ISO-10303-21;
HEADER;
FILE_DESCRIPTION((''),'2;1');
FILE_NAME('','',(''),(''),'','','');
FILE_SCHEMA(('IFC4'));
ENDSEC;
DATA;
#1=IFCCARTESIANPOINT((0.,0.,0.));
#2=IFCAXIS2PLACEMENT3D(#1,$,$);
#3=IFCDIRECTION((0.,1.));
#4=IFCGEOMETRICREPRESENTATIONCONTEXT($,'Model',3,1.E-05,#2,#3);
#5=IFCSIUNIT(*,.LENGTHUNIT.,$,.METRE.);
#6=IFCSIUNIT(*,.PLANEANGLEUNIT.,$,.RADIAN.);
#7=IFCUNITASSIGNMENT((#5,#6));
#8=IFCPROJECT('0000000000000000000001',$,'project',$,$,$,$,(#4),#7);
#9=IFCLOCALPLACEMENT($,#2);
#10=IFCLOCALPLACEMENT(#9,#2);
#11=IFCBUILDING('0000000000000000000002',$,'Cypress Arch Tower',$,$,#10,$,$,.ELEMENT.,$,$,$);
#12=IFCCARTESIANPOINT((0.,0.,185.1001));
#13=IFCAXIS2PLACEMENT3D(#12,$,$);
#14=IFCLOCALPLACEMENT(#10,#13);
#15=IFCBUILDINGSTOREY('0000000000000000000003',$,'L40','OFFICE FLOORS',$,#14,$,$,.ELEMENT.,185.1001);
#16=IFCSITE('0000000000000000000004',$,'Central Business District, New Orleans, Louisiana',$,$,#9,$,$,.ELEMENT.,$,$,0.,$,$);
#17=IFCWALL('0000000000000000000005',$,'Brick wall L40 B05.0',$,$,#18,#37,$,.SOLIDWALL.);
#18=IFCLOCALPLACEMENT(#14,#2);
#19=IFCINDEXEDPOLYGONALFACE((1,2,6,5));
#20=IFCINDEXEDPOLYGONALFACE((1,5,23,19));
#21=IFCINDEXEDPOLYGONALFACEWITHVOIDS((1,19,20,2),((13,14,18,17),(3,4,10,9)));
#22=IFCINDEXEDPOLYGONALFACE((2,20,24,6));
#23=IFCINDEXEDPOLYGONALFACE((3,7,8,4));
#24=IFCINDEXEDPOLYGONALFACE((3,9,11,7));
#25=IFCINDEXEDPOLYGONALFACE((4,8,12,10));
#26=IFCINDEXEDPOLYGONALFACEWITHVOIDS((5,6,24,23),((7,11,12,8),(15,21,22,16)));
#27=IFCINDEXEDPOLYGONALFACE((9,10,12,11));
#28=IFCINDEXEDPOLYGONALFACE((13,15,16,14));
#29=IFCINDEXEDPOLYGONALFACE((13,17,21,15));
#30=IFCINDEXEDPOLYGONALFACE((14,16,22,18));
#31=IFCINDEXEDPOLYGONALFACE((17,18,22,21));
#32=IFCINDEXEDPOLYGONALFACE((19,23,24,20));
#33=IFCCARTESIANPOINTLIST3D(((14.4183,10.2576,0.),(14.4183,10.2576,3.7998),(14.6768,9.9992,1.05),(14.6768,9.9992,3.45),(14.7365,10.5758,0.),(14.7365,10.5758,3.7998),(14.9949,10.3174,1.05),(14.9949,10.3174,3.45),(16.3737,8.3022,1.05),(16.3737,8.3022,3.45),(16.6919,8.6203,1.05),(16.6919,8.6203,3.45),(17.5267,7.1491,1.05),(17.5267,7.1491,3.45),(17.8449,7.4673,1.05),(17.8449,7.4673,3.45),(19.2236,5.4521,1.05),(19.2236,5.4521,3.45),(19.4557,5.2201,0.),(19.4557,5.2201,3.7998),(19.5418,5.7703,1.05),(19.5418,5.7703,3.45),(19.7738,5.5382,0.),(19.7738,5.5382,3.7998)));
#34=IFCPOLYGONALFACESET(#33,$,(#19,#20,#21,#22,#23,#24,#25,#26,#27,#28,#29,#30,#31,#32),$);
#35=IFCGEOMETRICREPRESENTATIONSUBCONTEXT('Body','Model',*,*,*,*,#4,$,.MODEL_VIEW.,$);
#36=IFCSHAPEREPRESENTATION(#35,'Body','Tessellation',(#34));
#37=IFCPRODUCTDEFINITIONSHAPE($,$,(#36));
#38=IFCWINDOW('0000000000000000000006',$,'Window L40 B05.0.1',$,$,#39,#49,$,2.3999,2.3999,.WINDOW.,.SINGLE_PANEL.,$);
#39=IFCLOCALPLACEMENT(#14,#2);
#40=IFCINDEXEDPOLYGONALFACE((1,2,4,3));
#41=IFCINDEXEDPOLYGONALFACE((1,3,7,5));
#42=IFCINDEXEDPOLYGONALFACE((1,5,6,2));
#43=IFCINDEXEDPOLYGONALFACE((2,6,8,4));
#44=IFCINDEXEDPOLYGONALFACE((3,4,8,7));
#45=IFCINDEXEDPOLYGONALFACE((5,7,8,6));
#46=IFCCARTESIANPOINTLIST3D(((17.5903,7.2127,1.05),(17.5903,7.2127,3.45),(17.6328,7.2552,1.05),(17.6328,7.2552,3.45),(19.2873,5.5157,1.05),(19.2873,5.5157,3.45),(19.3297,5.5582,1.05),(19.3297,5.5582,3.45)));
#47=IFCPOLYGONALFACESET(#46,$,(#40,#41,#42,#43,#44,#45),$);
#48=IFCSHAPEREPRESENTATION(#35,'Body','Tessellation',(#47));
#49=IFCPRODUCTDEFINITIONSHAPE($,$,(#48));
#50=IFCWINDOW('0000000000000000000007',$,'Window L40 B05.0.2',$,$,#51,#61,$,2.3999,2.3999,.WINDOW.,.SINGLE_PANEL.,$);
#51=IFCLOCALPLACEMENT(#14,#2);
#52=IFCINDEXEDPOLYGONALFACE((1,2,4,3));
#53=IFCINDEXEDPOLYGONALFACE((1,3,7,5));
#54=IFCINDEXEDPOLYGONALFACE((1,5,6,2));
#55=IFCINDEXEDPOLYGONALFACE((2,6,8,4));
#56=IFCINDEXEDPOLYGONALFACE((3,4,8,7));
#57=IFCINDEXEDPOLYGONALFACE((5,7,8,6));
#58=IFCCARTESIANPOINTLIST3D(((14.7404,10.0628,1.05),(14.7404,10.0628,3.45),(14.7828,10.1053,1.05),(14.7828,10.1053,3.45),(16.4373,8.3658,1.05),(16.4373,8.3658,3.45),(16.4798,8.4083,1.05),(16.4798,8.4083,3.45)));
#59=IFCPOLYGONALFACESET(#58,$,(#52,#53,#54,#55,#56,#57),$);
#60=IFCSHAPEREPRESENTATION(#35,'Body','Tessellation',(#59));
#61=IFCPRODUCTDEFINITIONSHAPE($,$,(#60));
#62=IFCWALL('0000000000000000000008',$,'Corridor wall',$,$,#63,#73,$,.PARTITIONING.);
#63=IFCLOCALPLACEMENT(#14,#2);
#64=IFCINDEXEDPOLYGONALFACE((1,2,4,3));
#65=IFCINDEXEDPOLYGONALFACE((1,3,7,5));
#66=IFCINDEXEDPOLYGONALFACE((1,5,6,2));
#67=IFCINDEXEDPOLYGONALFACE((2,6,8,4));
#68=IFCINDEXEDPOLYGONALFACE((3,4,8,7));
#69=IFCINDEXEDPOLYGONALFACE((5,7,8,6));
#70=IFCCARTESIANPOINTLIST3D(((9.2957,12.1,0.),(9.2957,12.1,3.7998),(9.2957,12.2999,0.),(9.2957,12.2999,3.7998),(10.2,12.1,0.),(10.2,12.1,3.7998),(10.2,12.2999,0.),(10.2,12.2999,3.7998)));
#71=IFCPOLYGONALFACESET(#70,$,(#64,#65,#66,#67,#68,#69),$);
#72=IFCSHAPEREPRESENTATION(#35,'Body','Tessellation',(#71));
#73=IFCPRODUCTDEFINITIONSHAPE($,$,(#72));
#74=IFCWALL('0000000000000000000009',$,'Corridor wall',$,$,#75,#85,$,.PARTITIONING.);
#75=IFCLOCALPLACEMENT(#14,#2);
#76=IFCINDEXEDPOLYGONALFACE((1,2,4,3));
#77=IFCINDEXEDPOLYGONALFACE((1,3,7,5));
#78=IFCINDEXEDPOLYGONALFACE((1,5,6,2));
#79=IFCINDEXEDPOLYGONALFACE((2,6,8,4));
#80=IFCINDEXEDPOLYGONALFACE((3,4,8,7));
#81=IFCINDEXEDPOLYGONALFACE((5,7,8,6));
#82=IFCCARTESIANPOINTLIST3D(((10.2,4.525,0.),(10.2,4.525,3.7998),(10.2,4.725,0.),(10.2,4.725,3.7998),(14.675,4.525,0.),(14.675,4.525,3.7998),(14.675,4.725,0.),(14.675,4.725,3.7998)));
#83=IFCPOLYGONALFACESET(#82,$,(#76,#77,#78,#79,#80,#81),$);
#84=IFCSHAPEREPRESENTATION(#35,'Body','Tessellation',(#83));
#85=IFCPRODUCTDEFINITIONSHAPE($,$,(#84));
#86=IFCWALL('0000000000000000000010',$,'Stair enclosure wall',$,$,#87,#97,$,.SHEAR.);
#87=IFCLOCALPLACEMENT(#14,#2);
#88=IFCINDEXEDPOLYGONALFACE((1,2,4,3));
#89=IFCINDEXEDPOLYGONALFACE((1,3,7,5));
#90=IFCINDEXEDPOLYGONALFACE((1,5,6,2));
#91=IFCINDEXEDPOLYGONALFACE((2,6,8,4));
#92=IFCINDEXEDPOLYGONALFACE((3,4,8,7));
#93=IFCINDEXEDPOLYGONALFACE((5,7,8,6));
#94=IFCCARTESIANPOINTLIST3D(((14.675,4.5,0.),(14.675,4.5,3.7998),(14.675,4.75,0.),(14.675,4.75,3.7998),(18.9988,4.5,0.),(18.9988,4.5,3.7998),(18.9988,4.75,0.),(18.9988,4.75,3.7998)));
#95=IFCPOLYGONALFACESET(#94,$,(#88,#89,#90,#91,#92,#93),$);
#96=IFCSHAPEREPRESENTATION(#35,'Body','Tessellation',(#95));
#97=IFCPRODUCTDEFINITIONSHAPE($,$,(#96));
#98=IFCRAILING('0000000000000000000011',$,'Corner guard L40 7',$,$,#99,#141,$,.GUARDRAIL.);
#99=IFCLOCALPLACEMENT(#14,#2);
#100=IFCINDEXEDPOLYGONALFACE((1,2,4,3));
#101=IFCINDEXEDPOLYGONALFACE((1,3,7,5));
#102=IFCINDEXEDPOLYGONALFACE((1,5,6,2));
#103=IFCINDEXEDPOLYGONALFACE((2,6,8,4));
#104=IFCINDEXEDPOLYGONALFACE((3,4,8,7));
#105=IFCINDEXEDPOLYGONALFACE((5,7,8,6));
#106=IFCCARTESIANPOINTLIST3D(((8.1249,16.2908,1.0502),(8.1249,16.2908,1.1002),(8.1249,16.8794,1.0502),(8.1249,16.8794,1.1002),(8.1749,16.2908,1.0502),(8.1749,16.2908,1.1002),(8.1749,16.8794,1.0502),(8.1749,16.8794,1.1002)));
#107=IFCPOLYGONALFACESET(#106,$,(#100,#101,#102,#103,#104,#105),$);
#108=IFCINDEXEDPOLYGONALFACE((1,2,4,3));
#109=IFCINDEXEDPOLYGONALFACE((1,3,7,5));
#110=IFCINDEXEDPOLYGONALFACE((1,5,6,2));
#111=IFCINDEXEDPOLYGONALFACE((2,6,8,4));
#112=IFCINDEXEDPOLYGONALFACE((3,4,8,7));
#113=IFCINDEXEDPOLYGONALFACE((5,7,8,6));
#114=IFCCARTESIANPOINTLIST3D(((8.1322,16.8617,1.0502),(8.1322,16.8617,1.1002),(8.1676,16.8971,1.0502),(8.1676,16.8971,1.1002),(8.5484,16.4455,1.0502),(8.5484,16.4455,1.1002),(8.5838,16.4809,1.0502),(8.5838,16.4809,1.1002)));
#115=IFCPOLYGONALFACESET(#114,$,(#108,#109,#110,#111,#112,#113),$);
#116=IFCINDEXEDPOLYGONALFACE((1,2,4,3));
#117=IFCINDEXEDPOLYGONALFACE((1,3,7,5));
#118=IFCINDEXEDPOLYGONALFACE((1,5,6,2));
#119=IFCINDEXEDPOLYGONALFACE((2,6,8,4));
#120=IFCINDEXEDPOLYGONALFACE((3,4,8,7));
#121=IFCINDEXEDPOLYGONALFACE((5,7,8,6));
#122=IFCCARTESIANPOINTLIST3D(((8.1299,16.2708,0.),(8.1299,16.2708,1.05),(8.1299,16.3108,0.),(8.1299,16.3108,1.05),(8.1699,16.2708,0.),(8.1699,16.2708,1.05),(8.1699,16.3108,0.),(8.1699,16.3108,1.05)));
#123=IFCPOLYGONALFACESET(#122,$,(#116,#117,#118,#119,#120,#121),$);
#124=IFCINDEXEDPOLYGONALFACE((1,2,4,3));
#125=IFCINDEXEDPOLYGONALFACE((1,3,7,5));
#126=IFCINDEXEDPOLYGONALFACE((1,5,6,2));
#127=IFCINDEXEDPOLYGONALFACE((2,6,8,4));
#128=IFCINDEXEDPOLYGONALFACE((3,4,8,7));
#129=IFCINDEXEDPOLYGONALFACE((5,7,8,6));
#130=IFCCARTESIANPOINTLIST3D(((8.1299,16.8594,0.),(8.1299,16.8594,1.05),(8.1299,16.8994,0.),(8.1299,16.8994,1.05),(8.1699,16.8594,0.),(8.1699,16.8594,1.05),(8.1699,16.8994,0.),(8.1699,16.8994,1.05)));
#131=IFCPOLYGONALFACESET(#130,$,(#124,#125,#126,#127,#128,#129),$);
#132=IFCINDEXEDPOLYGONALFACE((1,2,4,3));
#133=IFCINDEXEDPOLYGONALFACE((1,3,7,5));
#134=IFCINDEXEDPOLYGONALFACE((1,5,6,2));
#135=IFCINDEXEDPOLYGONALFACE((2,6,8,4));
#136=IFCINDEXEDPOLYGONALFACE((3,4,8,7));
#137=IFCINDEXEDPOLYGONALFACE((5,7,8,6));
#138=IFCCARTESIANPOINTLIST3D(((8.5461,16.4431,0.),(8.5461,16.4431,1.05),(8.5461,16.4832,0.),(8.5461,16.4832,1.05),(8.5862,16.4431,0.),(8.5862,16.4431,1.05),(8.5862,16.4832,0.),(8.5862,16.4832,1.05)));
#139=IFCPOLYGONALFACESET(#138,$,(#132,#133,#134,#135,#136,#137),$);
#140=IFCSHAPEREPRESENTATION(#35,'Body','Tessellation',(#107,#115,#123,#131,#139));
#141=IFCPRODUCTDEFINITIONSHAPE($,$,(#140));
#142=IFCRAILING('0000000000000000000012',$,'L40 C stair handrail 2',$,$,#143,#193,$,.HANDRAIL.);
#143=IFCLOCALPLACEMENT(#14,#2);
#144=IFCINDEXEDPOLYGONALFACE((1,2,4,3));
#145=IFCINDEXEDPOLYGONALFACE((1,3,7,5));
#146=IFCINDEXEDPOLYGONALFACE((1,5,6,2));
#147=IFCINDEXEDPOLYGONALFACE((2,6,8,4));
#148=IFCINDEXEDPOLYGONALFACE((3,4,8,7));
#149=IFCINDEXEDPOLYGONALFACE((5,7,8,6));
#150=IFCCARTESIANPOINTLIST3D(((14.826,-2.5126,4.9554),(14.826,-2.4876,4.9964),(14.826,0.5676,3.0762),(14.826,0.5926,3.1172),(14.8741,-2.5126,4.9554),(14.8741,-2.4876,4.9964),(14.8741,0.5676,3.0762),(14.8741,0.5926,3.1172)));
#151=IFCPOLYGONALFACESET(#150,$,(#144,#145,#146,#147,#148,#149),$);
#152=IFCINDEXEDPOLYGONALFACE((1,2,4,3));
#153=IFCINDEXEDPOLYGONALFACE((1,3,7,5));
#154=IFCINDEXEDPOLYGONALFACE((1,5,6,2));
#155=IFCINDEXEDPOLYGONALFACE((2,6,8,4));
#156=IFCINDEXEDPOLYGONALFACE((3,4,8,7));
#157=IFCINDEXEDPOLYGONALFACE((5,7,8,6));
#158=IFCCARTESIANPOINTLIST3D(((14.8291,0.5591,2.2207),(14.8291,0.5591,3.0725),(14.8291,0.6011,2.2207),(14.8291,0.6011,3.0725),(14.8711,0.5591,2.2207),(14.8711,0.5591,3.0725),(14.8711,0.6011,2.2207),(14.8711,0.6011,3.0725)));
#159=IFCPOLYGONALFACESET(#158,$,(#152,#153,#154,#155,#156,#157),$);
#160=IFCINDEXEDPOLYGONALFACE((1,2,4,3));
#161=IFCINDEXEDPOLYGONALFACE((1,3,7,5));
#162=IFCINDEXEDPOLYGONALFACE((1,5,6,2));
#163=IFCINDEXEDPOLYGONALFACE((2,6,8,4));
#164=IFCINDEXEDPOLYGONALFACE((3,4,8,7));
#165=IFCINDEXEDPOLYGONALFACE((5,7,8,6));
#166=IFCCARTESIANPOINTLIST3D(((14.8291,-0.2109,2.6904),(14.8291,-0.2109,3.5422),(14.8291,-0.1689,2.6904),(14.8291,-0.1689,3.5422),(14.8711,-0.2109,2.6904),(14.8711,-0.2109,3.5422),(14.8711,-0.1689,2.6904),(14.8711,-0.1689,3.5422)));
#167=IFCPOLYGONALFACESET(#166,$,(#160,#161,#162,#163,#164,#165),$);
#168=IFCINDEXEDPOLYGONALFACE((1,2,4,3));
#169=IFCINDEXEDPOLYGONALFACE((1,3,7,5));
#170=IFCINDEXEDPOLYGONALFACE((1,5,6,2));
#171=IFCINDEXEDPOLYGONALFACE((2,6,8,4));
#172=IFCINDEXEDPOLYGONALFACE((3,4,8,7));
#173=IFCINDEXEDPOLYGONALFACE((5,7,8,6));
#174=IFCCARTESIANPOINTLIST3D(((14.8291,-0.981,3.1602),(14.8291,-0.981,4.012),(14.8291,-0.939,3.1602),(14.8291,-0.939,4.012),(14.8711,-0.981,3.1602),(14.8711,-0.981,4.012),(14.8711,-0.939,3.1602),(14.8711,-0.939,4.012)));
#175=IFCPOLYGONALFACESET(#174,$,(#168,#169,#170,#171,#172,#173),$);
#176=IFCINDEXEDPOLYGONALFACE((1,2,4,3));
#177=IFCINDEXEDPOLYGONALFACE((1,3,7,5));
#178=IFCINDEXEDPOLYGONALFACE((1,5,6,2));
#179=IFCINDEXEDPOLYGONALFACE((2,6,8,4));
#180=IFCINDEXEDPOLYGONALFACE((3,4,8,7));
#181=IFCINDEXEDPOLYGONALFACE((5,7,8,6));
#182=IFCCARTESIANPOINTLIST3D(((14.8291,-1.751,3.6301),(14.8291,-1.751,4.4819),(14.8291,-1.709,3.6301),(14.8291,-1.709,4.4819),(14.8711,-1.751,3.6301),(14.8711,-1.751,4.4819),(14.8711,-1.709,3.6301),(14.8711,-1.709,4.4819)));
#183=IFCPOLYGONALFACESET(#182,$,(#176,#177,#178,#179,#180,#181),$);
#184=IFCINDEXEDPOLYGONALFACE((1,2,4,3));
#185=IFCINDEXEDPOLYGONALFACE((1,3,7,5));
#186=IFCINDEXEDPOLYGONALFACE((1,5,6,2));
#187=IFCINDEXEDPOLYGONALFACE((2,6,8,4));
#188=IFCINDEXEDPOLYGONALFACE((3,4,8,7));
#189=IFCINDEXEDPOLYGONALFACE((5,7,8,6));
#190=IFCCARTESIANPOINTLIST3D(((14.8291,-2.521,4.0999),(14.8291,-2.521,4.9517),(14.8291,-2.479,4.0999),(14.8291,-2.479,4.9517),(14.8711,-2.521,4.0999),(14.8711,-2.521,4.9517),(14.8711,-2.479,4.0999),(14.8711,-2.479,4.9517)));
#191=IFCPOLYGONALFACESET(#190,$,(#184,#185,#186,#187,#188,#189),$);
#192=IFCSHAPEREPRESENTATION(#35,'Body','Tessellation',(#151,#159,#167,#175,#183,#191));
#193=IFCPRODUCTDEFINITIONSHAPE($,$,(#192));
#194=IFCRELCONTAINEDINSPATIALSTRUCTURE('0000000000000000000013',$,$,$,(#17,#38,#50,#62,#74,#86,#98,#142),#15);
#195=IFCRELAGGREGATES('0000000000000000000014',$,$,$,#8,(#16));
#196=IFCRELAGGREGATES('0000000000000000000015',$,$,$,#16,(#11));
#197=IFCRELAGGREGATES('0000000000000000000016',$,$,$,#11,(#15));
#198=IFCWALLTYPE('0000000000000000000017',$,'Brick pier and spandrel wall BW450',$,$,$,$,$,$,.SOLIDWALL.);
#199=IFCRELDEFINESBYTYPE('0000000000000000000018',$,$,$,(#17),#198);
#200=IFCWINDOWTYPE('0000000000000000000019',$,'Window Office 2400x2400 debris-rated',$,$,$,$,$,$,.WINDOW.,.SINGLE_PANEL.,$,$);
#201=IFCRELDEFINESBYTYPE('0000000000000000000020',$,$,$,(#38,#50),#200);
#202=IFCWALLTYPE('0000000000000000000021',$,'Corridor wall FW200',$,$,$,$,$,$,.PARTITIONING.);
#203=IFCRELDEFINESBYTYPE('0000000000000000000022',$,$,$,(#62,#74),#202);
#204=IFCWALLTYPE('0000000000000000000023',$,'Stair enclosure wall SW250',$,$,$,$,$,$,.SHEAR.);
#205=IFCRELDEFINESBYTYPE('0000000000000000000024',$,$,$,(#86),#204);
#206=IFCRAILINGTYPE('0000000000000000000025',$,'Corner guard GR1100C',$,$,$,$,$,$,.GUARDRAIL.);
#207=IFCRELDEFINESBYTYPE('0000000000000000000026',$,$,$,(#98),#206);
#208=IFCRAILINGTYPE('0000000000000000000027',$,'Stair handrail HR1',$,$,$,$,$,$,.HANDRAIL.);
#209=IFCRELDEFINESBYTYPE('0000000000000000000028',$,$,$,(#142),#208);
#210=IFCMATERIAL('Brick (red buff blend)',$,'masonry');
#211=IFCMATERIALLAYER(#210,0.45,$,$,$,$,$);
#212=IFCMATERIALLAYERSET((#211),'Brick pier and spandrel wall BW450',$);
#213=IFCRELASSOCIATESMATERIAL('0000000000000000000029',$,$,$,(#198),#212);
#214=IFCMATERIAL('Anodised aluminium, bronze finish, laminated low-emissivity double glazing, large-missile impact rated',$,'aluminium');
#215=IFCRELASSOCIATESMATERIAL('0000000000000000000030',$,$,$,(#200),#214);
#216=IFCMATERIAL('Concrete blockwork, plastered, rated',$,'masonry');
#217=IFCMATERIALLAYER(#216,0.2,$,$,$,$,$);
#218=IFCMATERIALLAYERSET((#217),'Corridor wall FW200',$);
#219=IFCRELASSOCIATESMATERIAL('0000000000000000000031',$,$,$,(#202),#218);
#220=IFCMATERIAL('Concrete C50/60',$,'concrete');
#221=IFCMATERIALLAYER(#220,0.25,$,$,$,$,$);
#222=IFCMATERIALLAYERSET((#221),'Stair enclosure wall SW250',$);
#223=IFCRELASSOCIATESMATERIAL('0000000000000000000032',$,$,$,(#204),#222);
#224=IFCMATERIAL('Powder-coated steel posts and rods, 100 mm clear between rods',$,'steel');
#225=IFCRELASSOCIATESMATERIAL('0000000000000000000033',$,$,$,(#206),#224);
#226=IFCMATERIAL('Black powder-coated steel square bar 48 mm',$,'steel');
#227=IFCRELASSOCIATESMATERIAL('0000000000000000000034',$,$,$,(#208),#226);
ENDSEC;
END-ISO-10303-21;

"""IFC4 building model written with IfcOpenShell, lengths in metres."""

from ifc_helpers import new_model, si_unit, direction, frame, frame_2d, origin, origin_2d, place, context, subcontext, project, spatial, rectangle, extrude, material, layer, layer_set, type_object, element, fill, save


model = new_model("IFC4")

# Units and contexts
model_context = context("Model", 3, precision=1e-05, world=origin(), true_north=direction((0.0, 1.0)))
body_context = subcontext(model_context, "Body", "Model", "MODEL_VIEW")
ifc_project = project(units=[si_unit("LENGTHUNIT", "METRE"), si_unit("PLANEANGLEUNIT", "RADIAN")], contexts=[model_context])

# Site, building, storey
site_placement = place(None, origin())
site = spatial("IfcSite", under=ifc_project, at=site_placement, Name="Central Business District, New Orleans, Louisiana", CompositionType="ELEMENT", RefElevation=0.0)
building_placement = place(site_placement, origin())
building = spatial("IfcBuilding", under=site, at=building_placement, Name="Cypress Arch Tower", CompositionType="ELEMENT")
storey_placement = place(building_placement, frame((0.0, 0.0, 185.1001)))
storey = spatial("IfcBuildingStorey", under=building, at=storey_placement, Name="L40", Description="OFFICE FLOORS", CompositionType="ELEMENT", Elevation=185.1001)

# Wall, openings, windows
ifc_material_1 = material(Name="Brick (red buff blend)", Category="masonry")
ifc_layer_1 = layer(ifc_material_1, 0.45)
ifc_layer_set_1 = layer_set([ifc_layer_1], Name="Brick pier and spandrel wall BW450")
wall_type_1 = type_object("IfcWallType", Name="Brick pier and spandrel wall BW450", PredefinedType="SOLIDWALL", material=ifc_layer_set_1)
wall_1_placement = place(storey_placement, frame((19.6147, 5.3792, 0.0), z_axis=(0.0, 0.0, 1.0), x_axis=(-0.70709, 0.707124, 0.0)))
wall_1 = element("IfcWall", 1, at=wall_1_placement, inside=storey, type_object=wall_type_1, Name="Brick wall L40 B05.0", PredefinedType="SOLIDWALL", context=body_context, shape_type="SweptSolid", body=[
    extrude(rectangle(XDim=7.124, YDim=0.45, at=frame_2d((3.562, 0.0))), origin(), (0.0, 0.0, 1.0), 3.7998),
])
opening_1_placement = place(wall_1_placement, frame((0.3281, 0.0, 1.05)))
opening_1 = element("IfcOpeningElement", 2, at=opening_1_placement, cuts=wall_1, PredefinedType="OPENING", context=body_context, shape_type="SweptSolid", body=[
    extrude(rectangle(XDim=2.3999, YDim=2.3999, at=frame_2d((1.2, 1.2))), frame((0.0, 0.2349, 0.0), z_axis=(0.0, -1.0, 0.0), x_axis=(1.0, 0.0, 0.0)), (0.0, 0.0, 1.0), 0.47),
])
opening_2_placement = place(wall_1_placement, frame((4.3586, 0.0, 1.05)))
opening_2 = element("IfcOpeningElement", 3, at=opening_2_placement, cuts=wall_1, PredefinedType="OPENING", context=body_context, shape_type="SweptSolid", body=[
    extrude(rectangle(XDim=2.3999, YDim=2.3999, at=frame_2d((1.2, 1.2))), frame((0.0, 0.2349, 0.0), z_axis=(0.0, -1.0, 0.0), x_axis=(1.0, 0.0, 0.0)), (0.0, 0.0, 1.0), 0.47),
])
ifc_material_2 = material(Name="Anodised aluminium, bronze finish, laminated low-emissivity double glazing, large-missile impact rated", Category="aluminium")
window_type = type_object("IfcWindowType", Name="Window Office 2400x2400 debris-rated", PartitioningType="SINGLE_PANEL", PredefinedType="WINDOW", material=ifc_material_2)
window_1_placement = place(opening_1_placement, origin())
window_1 = element("IfcWindow", 4, at=window_1_placement, inside=storey, type_object=window_type, Name="Window L40 B05.0.1", OverallHeight=2.3999, OverallWidth=2.3999, PartitioningType="SINGLE_PANEL", PredefinedType="WINDOW", context=body_context, shape_type="SweptSolid", body=[
    extrude(rectangle(XDim=2.3999, YDim=2.3999, at=frame_2d((1.2, 1.2))), frame((0.0, 0.135, 0.0), z_axis=(0.0, -1.0, 0.0), x_axis=(1.0, 0.0, 0.0)), (0.0, 0.0, 1.0), 0.0601),
])
fill(opening_1, window_1)
window_2_placement = place(opening_2_placement, origin())
window_2 = element("IfcWindow", 5, at=window_2_placement, inside=storey, type_object=window_type, Name="Window L40 B05.0.2", OverallHeight=2.3999, OverallWidth=2.3999, PartitioningType="SINGLE_PANEL", PredefinedType="WINDOW", context=body_context, shape_type="SweptSolid", body=[
    extrude(rectangle(XDim=2.3999, YDim=2.3999, at=frame_2d((1.2, 1.2))), frame((0.0, 0.135, 0.0), z_axis=(0.0, -1.0, 0.0), x_axis=(1.0, 0.0, 0.0)), (0.0, 0.0, 1.0), 0.0601),
])
fill(opening_2, window_2)

# Walls
ifc_material_3 = material(Name="Concrete blockwork, plastered, rated", Category="masonry")
ifc_layer_2 = layer(ifc_material_3, 0.2)
ifc_layer_set_2 = layer_set([ifc_layer_2], Name="Corridor wall FW200")
wall_type_2 = type_object("IfcWallType", Name="Corridor wall FW200", PredefinedType="PARTITIONING", material=ifc_layer_set_2)
wall_2_placement = place(storey_placement, frame((9.2957, 12.2, 0.0), z_axis=(0.0, 0.0, 1.0), x_axis=(1.0, 0.0, 0.0)))
element("IfcWall", 6, at=wall_2_placement, inside=storey, type_object=wall_type_2, Name="Corridor wall", PredefinedType="PARTITIONING", context=body_context, shape_type="SweptSolid", body=[
    extrude(rectangle(XDim=0.9043, YDim=0.2, at=frame_2d((0.4521, 0.0))), origin(), (0.0, 0.0, 1.0), 3.7998),
])
wall_3_placement = place(storey_placement, frame((10.2, 4.625, 0.0), z_axis=(0.0, 0.0, 1.0), x_axis=(1.0, 0.0, 0.0)))
element("IfcWall", 7, at=wall_3_placement, inside=storey, type_object=wall_type_2, Name="Corridor wall", PredefinedType="PARTITIONING", context=body_context, shape_type="SweptSolid", body=[
    extrude(rectangle(XDim=4.4751, YDim=0.2, at=frame_2d((2.2375, 0.0))), origin(), (0.0, 0.0, 1.0), 3.7998),
])
ifc_material_4 = material(Name="Concrete C50/60", Category="concrete")
ifc_layer_3 = layer(ifc_material_4, 0.25)
ifc_layer_set_3 = layer_set([ifc_layer_3], Name="Stair enclosure wall SW250")
wall_type_3 = type_object("IfcWallType", Name="Stair enclosure wall SW250", PredefinedType="SHEAR", material=ifc_layer_set_3)
wall_4_placement = place(storey_placement, frame((14.675, 4.625, 0.0), z_axis=(0.0, 0.0, 1.0), x_axis=(1.0, 0.0, 0.0)))
element("IfcWall", 8, at=wall_4_placement, inside=storey, type_object=wall_type_3, Name="Stair enclosure wall", PredefinedType="SHEAR", context=body_context, shape_type="SweptSolid", body=[
    extrude(rectangle(XDim=4.3237, YDim=0.25, at=frame_2d((2.1619, 0.0))), origin(), (0.0, 0.0, 1.0), 3.7998),
])

# Railings
ifc_material_5 = material(Name="Powder-coated steel posts and rods, 100 mm clear between rods", Category="steel")
railing_type_1 = type_object("IfcRailingType", Name="Corner guard GR1100C", PredefinedType="GUARDRAIL", material=ifc_material_5)
railing_1_placement = place(storey_placement, frame((8.1499, 16.2908, 0.0)))
element("IfcRailing", 9, at=railing_1_placement, inside=storey, type_object=railing_type_1, Name="Corner guard L40 7", PredefinedType="GUARDRAIL", context=body_context, shape_type="SweptSolid", body=[
    extrude(rectangle(XDim=0.05, YDim=0.05, at=origin_2d()), frame((0.0, 0.0, 1.0752), z_axis=(0.0, 1.0, 0.0), x_axis=(-1.0, 0.0, 0.0)), (0.0, 0.0, 1.0), 0.5886),
    extrude(rectangle(XDim=0.05, YDim=0.05, at=origin_2d()), frame((0.0, 0.5886, 1.0752), z_axis=(0.707107, -0.707107, 0.0), x_axis=(0.707107, 0.707107, 0.0)), (0.0, 0.0, 1.0), 0.5886),
    extrude(rectangle(XDim=0.04, YDim=0.04, at=origin_2d()), origin(), (0.0, 0.0, 1.0), 1.05),
    extrude(rectangle(XDim=0.04, YDim=0.04, at=origin_2d()), frame((0.0, 0.5886, 0.0)), (0.0, 0.0, 1.0), 1.05),
    extrude(rectangle(XDim=0.04, YDim=0.04, at=origin_2d()), frame((0.4163, 0.1724, 0.0)), (0.0, 0.0, 1.0), 1.05),
])
ifc_material_6 = material(Name="Black powder-coated steel square bar 48 mm", Category="steel")
railing_type_2 = type_object("IfcRailingType", Name="Stair handrail HR1", PredefinedType="HANDRAIL", material=ifc_material_6)
railing_2_placement = place(storey_placement, frame((14.8501, 0.5801, 2.2207)))
element("IfcRailing", 10, at=railing_2_placement, inside=storey, type_object=railing_type_2, Name="L40 C stair handrail 2", PredefinedType="HANDRAIL", context=body_context, shape_type="SweptSolid", body=[
    extrude(rectangle(XDim=0.0481, YDim=0.0481, at=origin_2d()), frame((0.0, 0.0, 0.876), z_axis=(0.0, -0.853666, 0.52082), x_axis=(1.0, 0.0, 0.0)), (0.0, 0.0, 1.0), 3.6082),
    extrude(rectangle(XDim=0.042, YDim=0.042, at=origin_2d()), origin(), (0.0, 0.0, 1.0), 0.8518),
    extrude(rectangle(XDim=0.042, YDim=0.042, at=origin_2d()), frame((0.0, -0.77, 0.4697)), (0.0, 0.0, 1.0), 0.8518),
    extrude(rectangle(XDim=0.042, YDim=0.042, at=origin_2d()), frame((0.0, -1.54, 0.9395)), (0.0, 0.0, 1.0), 0.8518),
    extrude(rectangle(XDim=0.042, YDim=0.042, at=origin_2d()), frame((0.0, -2.3101, 1.4094)), (0.0, 0.0, 1.0), 0.8518),
    extrude(rectangle(XDim=0.042, YDim=0.042, at=origin_2d()), frame((0.0, -3.0801, 1.8792)), (0.0, 0.0, 1.0), 0.8518),
])

save(model, "model.ifc")
